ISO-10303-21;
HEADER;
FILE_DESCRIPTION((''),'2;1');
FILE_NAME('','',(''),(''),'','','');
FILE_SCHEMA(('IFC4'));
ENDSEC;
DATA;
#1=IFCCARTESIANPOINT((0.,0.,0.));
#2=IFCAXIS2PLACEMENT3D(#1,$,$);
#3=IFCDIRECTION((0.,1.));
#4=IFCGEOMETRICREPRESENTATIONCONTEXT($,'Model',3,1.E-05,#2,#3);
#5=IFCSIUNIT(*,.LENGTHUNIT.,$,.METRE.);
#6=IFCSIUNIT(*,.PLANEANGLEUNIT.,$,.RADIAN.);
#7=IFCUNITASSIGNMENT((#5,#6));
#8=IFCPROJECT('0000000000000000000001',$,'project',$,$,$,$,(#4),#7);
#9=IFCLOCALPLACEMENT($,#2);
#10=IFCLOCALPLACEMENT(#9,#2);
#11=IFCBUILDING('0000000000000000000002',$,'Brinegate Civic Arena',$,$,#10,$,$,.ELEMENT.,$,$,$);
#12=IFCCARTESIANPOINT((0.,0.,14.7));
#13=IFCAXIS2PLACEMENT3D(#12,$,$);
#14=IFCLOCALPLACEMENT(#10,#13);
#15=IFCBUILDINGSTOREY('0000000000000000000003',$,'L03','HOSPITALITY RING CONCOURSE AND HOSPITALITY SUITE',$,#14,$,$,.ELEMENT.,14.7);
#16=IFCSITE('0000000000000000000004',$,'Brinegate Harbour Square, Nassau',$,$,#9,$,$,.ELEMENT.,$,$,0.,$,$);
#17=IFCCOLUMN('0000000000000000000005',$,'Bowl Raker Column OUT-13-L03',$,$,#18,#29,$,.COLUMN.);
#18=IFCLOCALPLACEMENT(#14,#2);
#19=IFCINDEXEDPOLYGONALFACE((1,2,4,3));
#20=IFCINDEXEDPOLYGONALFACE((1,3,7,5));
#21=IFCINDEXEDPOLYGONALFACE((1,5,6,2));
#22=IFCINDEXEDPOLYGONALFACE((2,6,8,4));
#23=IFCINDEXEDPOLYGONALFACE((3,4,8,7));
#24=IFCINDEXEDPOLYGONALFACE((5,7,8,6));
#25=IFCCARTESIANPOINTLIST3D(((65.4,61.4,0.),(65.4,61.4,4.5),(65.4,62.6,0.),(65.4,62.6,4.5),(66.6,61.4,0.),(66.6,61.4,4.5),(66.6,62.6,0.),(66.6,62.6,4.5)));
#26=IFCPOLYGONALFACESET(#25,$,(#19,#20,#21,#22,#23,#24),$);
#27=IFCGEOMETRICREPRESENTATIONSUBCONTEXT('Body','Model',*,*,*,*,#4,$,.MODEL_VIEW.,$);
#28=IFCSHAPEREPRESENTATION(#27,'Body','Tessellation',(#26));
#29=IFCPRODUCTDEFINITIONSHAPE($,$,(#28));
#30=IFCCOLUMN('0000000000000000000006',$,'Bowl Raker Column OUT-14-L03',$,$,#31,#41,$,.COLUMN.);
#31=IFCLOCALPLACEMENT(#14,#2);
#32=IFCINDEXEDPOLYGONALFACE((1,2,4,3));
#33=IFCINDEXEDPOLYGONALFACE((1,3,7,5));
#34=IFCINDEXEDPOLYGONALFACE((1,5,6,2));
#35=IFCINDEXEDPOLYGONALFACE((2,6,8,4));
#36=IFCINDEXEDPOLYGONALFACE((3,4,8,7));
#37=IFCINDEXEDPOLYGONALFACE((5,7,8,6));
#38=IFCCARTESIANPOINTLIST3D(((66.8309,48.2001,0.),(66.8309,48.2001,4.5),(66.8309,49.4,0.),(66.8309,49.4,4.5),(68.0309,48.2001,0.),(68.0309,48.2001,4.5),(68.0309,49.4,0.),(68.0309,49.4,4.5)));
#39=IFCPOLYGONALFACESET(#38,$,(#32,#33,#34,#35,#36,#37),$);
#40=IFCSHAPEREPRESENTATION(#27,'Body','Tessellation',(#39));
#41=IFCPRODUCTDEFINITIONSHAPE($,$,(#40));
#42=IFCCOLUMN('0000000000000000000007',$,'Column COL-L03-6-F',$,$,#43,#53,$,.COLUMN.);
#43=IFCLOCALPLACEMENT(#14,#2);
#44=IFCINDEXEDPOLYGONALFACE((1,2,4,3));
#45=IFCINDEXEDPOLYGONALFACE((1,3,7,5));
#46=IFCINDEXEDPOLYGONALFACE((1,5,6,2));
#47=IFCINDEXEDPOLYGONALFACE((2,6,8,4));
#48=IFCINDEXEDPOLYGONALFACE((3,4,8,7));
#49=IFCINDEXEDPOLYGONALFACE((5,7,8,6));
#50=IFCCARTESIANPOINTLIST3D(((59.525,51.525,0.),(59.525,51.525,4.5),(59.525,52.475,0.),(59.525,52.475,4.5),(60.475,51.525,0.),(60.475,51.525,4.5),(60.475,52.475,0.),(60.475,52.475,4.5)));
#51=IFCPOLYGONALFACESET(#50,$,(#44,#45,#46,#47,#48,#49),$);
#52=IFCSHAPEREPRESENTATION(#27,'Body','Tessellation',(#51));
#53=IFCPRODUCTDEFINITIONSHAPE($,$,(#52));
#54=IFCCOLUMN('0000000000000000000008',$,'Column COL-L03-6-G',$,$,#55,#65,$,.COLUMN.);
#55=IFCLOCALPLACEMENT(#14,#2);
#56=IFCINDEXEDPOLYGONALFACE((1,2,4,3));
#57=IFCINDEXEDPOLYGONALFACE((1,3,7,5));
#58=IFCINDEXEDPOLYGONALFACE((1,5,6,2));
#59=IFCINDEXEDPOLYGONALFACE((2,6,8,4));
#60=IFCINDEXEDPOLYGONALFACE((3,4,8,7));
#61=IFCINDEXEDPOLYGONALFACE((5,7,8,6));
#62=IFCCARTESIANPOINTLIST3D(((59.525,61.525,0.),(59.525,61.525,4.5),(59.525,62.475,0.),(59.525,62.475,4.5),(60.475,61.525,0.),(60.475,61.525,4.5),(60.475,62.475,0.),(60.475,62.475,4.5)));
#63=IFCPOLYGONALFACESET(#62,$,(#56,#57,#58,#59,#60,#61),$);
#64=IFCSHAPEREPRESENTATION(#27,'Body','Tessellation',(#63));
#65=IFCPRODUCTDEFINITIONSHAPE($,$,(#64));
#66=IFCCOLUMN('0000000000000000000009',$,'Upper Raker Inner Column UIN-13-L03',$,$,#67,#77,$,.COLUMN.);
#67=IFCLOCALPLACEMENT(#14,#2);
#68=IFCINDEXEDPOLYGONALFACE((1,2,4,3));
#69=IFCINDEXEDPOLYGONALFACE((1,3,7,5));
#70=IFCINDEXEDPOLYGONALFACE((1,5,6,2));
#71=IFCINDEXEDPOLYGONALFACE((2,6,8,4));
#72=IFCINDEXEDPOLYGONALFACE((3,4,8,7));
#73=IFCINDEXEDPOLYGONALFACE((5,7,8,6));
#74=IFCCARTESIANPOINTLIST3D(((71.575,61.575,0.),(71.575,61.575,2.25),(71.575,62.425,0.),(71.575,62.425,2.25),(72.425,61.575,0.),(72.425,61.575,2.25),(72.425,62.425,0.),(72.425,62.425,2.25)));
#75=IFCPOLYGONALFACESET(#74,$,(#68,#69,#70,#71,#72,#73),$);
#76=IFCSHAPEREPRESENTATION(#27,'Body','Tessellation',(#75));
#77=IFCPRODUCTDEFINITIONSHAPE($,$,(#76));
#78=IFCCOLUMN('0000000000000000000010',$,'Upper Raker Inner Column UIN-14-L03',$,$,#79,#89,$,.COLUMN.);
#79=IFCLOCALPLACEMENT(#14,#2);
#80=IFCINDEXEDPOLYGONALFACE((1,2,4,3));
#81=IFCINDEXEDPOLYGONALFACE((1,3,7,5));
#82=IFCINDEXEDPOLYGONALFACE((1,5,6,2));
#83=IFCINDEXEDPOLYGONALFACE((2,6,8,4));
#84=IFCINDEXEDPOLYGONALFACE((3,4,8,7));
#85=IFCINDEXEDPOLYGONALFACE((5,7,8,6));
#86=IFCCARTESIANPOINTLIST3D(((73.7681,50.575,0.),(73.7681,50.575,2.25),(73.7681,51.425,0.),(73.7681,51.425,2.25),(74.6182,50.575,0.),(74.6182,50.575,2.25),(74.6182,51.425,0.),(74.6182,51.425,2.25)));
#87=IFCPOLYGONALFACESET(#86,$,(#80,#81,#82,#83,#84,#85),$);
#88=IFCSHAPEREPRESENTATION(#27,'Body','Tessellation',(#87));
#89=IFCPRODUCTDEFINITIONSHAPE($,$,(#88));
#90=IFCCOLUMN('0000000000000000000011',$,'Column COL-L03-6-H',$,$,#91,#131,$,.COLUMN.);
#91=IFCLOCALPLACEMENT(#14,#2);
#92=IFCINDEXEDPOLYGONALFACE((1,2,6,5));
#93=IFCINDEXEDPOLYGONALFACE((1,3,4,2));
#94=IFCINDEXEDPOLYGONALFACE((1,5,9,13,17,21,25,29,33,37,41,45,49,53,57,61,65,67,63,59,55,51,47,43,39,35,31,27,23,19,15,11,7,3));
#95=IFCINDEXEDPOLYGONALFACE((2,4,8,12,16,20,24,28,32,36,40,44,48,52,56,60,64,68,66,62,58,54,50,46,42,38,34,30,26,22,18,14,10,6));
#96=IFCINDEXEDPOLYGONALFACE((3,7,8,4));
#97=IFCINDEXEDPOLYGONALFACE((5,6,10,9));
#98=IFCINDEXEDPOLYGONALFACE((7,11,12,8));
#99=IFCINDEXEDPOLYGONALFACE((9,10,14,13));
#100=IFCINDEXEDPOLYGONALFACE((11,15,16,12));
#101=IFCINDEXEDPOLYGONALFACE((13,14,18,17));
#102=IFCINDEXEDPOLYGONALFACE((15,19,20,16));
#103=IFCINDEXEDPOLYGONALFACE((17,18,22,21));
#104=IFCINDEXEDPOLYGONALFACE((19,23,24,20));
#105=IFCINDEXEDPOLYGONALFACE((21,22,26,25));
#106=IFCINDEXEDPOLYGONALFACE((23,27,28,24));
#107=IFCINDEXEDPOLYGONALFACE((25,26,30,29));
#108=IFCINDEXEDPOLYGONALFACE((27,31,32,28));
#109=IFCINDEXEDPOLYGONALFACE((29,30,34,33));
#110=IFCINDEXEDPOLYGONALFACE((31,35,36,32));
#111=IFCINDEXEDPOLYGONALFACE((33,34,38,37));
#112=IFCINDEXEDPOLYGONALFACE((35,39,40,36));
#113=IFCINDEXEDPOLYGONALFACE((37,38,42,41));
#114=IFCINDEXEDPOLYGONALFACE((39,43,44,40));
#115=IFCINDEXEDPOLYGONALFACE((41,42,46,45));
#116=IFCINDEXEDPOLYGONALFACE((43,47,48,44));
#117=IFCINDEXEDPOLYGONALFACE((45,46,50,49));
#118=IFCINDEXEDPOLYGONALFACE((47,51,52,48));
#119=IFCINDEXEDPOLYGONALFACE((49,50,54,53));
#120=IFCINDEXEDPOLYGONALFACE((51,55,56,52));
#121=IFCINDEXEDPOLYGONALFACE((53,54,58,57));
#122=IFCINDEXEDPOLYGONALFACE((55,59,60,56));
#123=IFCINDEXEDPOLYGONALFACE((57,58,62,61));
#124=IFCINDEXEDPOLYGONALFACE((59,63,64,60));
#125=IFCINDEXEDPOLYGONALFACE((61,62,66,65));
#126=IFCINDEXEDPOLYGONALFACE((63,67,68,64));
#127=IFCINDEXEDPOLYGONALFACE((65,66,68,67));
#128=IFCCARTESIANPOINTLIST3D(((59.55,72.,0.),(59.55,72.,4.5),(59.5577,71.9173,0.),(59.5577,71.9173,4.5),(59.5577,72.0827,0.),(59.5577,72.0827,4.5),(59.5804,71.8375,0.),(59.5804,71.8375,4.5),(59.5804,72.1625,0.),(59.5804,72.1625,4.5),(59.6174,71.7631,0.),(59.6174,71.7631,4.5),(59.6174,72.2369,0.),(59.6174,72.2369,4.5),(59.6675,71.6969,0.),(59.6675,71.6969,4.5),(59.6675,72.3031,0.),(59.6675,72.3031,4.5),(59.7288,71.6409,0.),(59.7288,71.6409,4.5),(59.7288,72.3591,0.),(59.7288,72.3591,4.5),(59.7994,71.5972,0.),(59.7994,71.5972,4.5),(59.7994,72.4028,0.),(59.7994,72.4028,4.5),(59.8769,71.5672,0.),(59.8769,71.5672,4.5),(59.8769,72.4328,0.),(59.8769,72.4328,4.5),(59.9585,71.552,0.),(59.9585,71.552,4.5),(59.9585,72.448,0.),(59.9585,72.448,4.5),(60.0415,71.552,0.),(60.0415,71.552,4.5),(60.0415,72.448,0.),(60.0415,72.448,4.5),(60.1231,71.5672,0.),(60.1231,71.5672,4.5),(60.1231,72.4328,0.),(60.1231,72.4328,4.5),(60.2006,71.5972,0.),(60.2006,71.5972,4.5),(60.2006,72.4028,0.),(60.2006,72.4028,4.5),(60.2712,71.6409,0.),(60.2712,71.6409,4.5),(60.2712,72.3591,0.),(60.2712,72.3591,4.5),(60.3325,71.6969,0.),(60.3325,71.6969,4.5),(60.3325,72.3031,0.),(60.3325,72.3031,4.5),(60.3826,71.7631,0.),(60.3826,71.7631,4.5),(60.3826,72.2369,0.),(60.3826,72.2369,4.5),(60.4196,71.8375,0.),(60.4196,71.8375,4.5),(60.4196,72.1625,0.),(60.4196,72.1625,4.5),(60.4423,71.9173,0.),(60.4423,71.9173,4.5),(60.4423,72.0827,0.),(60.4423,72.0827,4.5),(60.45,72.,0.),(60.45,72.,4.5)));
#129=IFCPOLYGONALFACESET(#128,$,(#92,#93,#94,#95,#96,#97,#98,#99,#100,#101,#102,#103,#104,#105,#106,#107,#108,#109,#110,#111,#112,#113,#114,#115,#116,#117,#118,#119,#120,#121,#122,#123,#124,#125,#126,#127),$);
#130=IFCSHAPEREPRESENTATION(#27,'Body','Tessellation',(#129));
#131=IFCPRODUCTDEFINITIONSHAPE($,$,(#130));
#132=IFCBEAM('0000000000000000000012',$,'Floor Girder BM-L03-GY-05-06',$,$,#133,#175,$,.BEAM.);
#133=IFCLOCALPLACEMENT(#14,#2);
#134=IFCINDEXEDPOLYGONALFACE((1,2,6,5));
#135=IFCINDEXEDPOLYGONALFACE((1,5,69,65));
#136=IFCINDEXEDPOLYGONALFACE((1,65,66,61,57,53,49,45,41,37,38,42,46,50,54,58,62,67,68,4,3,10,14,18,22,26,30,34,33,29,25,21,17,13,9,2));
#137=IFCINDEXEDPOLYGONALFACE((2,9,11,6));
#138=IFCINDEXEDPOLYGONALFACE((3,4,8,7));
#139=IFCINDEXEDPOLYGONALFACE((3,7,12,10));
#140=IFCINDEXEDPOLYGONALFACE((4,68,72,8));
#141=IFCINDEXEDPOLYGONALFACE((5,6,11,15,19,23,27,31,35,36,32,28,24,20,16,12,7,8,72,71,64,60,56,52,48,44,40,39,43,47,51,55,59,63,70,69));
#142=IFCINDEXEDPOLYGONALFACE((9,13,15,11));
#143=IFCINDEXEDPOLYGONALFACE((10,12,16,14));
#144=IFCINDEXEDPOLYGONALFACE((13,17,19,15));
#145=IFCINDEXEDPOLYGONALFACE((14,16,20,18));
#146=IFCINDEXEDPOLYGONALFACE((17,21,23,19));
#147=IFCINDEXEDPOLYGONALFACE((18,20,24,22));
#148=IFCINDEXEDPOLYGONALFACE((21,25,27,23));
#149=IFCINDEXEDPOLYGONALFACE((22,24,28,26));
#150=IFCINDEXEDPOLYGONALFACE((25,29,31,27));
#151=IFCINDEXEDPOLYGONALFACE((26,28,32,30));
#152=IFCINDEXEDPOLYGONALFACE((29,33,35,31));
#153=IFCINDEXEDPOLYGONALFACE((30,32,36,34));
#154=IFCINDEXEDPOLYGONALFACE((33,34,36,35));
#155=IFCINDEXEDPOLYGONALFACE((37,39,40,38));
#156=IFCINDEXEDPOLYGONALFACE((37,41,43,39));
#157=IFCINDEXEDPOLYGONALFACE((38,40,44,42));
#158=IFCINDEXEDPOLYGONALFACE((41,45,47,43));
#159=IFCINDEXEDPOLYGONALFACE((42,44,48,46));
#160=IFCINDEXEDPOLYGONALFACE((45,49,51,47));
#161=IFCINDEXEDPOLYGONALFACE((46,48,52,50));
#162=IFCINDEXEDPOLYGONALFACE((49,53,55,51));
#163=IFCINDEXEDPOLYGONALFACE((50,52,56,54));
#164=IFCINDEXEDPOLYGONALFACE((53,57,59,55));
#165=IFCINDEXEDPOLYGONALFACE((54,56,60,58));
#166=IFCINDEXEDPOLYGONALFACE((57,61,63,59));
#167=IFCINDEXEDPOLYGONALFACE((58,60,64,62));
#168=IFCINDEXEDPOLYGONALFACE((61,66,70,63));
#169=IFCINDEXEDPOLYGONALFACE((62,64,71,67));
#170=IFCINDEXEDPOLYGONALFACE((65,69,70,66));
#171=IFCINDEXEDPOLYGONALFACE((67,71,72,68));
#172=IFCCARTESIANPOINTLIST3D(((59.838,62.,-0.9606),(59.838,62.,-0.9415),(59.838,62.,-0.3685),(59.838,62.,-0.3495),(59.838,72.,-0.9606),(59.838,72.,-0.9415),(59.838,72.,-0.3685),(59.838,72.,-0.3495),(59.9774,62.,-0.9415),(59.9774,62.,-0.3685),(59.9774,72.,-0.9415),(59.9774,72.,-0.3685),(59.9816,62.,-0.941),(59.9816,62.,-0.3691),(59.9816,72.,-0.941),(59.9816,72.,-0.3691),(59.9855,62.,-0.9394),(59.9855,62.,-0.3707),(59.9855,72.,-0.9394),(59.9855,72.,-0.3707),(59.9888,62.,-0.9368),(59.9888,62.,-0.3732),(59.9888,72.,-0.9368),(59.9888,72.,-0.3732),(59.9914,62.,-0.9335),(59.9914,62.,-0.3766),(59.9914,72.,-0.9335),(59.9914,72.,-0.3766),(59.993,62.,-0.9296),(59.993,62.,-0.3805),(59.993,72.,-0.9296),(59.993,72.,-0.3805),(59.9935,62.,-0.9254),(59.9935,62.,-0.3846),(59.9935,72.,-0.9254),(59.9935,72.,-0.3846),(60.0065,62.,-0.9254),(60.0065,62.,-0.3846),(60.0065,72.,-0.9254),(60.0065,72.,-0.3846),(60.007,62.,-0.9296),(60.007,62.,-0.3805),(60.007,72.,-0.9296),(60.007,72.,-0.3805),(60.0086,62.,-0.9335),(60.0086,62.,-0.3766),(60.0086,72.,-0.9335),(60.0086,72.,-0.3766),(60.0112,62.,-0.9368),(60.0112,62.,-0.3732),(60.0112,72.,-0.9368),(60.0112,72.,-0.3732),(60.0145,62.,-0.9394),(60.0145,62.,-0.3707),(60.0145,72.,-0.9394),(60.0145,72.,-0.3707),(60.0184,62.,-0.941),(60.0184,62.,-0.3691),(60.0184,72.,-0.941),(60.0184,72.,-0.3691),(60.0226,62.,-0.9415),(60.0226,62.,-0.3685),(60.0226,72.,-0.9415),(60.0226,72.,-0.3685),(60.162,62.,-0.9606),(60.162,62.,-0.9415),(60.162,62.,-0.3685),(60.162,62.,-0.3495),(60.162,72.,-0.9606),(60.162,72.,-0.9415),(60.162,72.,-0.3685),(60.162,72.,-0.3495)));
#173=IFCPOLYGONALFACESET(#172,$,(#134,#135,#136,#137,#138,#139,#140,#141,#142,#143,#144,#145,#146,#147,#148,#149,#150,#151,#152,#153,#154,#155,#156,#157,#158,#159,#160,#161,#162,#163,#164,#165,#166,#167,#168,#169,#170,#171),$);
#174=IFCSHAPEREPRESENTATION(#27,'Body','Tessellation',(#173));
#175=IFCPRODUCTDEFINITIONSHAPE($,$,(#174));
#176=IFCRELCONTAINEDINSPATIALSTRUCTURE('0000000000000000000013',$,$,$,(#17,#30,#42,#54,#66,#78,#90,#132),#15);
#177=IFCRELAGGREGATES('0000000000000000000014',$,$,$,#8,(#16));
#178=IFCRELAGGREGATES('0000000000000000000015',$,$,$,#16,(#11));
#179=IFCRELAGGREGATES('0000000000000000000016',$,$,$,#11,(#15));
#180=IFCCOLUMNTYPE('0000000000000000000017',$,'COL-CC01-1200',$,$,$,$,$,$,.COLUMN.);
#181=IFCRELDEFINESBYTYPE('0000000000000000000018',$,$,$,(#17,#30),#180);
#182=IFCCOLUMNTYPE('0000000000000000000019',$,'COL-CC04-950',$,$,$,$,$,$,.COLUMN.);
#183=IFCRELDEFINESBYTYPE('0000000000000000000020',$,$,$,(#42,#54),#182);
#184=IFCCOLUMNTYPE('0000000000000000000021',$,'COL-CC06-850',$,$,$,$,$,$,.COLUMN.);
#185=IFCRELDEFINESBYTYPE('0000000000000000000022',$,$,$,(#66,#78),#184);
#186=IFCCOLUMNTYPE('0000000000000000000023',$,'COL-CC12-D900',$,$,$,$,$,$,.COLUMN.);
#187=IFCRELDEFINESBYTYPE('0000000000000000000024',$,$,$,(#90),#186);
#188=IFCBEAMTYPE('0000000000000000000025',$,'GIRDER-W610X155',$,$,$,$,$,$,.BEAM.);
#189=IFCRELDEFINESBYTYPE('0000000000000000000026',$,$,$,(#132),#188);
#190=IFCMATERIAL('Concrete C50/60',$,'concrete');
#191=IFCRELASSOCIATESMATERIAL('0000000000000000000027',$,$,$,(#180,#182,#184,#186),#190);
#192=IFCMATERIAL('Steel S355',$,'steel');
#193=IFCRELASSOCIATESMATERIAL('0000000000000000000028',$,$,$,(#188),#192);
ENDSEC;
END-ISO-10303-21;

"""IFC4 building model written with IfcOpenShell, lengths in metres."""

from ifc_helpers import new_model, si_unit, direction, frame, origin, origin_2d, place, context, subcontext, project, spatial, rectangle, circle, i_section, extrude, material, material_profile, profile_set, type_object, element, save


model = new_model("IFC4")

# Units and contexts
model_context = context("Model", 3, precision=1e-05, world=origin(), true_north=direction((0.0, 1.0)))
body_context = subcontext(model_context, "Body", "Model", "MODEL_VIEW")
ifc_project = project(units=[si_unit("LENGTHUNIT", "METRE"), si_unit("PLANEANGLEUNIT", "RADIAN")], contexts=[model_context])

# Site, building, storey
site_placement = place(None, origin())
site = spatial("IfcSite", under=ifc_project, at=site_placement, Name="Brinegate Harbour Square, Nassau", CompositionType="ELEMENT", RefElevation=0.0)
building_placement = place(site_placement, origin())
building = spatial("IfcBuilding", under=site, at=building_placement, Name="Brinegate Civic Arena", CompositionType="ELEMENT")
storey_placement = place(building_placement, frame((0.0, 0.0, 14.7)))
storey = spatial("IfcBuildingStorey", under=building, at=storey_placement, Name="L03", Description="HOSPITALITY RING CONCOURSE AND HOSPITALITY SUITE", CompositionType="ELEMENT", Elevation=14.7)

# Columns
ifc_material_1 = material(Name="Concrete C50/60", Category="concrete")
ifc_material_profile_1 = material_profile(ifc_material_1, rectangle(XDim=1.2, YDim=1.2, at=origin_2d()), Name="RC1200X1200")
ifc_profile_set_1 = profile_set([ifc_material_profile_1], Name="Concrete C50/60")
column_type_1 = type_object("IfcColumnType", Name="COL-CC01-1200", PredefinedType="COLUMN", material=ifc_profile_set_1)
for number, where, z_axis, x_axis, name in (
    (1, (66.0, 62.0, 0.0), (0.0, 0.0, 1.0), (1.0, 0.0, 0.0), "Bowl Raker Column OUT-13-L03"),
    (2, (67.4309, 48.8, 0.0), (0.0, 0.0, 1.0), (1.0, 0.0, 0.0), "Bowl Raker Column OUT-14-L03"),
):
    element("IfcColumn", number, at=place(storey_placement, frame(where, z_axis=z_axis, x_axis=x_axis)), inside=storey, type_object=column_type_1, Name=name, PredefinedType="COLUMN", context=body_context, shape_type="SweptSolid", body=[
        extrude(rectangle(XDim=1.2, YDim=1.2, at=origin_2d()), origin(), (0.0, 0.0, 1.0), 4.5),
    ])
ifc_material_profile_2 = material_profile(ifc_material_1, rectangle(XDim=0.95, YDim=0.95, at=origin_2d()), Name="RC950X950")
ifc_profile_set_2 = profile_set([ifc_material_profile_2], Name="Concrete C50/60")
column_type_2 = type_object("IfcColumnType", Name="COL-CC04-950", PredefinedType="COLUMN", material=ifc_profile_set_2)
for number, where, z_axis, x_axis, name in (
    (3, (60.0, 52.0, 0.0), (0.0, 0.0, 1.0), (1.0, 0.0, 0.0), "Column COL-L03-6-F"),
    (4, (60.0, 62.0, 0.0), (0.0, 0.0, 1.0), (1.0, 0.0, 0.0), "Column COL-L03-6-G"),
):
    element("IfcColumn", number, at=place(storey_placement, frame(where, z_axis=z_axis, x_axis=x_axis)), inside=storey, type_object=column_type_2, Name=name, PredefinedType="COLUMN", context=body_context, shape_type="SweptSolid", body=[
        extrude(rectangle(XDim=0.95, YDim=0.95, at=origin_2d()), origin(), (0.0, 0.0, 1.0), 4.5),
    ])
ifc_material_profile_3 = material_profile(ifc_material_1, rectangle(XDim=0.8501, YDim=0.8501, at=origin_2d()), Name="RC850X850")
ifc_profile_set_3 = profile_set([ifc_material_profile_3], Name="Concrete C50/60")
column_type_3 = type_object("IfcColumnType", Name="COL-CC06-850", PredefinedType="COLUMN", material=ifc_profile_set_3)
for number, where, z_axis, x_axis, name in (
    (5, (72.0, 62.0, 0.0), (0.0, 0.0, 1.0), (1.0, 0.0, 0.0), "Upper Raker Inner Column UIN-13-L03"),
    (6, (74.1931, 51.0, 0.0), (0.0, 0.0, 1.0), (1.0, 0.0, 0.0), "Upper Raker Inner Column UIN-14-L03"),
):
    element("IfcColumn", number, at=place(storey_placement, frame(where, z_axis=z_axis, x_axis=x_axis)), inside=storey, type_object=column_type_3, Name=name, PredefinedType="COLUMN", context=body_context, shape_type="SweptSolid", body=[
        extrude(rectangle(XDim=0.8501, YDim=0.8501, at=origin_2d()), origin(), (0.0, 0.0, 1.0), 2.25),
    ])
ifc_material_profile_4 = material_profile(ifc_material_1, circle(Radius=0.45, at=origin_2d()), Name="RCD900")
ifc_profile_set_4 = profile_set([ifc_material_profile_4], Name="Concrete C50/60")
column_type_4 = type_object("IfcColumnType", Name="COL-CC12-D900", PredefinedType="COLUMN", material=ifc_profile_set_4)
column_placement = place(storey_placement, frame((60.0, 72.0, 0.0), z_axis=(0.0, 0.0, 1.0), x_axis=(1.0, 0.0, 0.0)))
element("IfcColumn", 7, at=column_placement, inside=storey, type_object=column_type_4, Name="Column COL-L03-6-H", PredefinedType="COLUMN", context=body_context, shape_type="SweptSolid", body=[
    extrude(circle(Radius=0.45, at=origin_2d()), origin(), (0.0, 0.0, 1.0), 4.5),
])

# Beam
ifc_material_2 = material(Name="Steel S355", Category="steel")
ifc_material_profile_5 = material_profile(ifc_material_2, i_section(OverallWidth=0.324, OverallDepth=0.6111, WebThickness=0.0129, FlangeThickness=0.019, FilletRadius=0.0161, at=origin_2d()), Name="W610X155")
ifc_profile_set_5 = profile_set([ifc_material_profile_5], Name="Steel S355")
beam_type_1 = type_object("IfcBeamType", Name="GIRDER-W610X155", PredefinedType="BEAM", material=ifc_profile_set_5)
beam_1_placement = place(storey_placement, frame((60.0, 62.0, -0.655), z_axis=(0.0, 1.0, 0.0), x_axis=(-1.0, 0.0, 0.0)))
element("IfcBeam", 8, at=beam_1_placement, inside=storey, type_object=beam_type_1, Name="Floor Girder BM-L03-GY-05-06", PredefinedType="BEAM", context=body_context, shape_type="SweptSolid", body=[
    extrude(i_section(OverallWidth=0.324, OverallDepth=0.6111, WebThickness=0.0129, FlangeThickness=0.019, FilletRadius=0.0161, at=origin_2d()), origin(), (0.0, 0.0, 1.0), 10.0),
])

save(model, "model.ifc")
